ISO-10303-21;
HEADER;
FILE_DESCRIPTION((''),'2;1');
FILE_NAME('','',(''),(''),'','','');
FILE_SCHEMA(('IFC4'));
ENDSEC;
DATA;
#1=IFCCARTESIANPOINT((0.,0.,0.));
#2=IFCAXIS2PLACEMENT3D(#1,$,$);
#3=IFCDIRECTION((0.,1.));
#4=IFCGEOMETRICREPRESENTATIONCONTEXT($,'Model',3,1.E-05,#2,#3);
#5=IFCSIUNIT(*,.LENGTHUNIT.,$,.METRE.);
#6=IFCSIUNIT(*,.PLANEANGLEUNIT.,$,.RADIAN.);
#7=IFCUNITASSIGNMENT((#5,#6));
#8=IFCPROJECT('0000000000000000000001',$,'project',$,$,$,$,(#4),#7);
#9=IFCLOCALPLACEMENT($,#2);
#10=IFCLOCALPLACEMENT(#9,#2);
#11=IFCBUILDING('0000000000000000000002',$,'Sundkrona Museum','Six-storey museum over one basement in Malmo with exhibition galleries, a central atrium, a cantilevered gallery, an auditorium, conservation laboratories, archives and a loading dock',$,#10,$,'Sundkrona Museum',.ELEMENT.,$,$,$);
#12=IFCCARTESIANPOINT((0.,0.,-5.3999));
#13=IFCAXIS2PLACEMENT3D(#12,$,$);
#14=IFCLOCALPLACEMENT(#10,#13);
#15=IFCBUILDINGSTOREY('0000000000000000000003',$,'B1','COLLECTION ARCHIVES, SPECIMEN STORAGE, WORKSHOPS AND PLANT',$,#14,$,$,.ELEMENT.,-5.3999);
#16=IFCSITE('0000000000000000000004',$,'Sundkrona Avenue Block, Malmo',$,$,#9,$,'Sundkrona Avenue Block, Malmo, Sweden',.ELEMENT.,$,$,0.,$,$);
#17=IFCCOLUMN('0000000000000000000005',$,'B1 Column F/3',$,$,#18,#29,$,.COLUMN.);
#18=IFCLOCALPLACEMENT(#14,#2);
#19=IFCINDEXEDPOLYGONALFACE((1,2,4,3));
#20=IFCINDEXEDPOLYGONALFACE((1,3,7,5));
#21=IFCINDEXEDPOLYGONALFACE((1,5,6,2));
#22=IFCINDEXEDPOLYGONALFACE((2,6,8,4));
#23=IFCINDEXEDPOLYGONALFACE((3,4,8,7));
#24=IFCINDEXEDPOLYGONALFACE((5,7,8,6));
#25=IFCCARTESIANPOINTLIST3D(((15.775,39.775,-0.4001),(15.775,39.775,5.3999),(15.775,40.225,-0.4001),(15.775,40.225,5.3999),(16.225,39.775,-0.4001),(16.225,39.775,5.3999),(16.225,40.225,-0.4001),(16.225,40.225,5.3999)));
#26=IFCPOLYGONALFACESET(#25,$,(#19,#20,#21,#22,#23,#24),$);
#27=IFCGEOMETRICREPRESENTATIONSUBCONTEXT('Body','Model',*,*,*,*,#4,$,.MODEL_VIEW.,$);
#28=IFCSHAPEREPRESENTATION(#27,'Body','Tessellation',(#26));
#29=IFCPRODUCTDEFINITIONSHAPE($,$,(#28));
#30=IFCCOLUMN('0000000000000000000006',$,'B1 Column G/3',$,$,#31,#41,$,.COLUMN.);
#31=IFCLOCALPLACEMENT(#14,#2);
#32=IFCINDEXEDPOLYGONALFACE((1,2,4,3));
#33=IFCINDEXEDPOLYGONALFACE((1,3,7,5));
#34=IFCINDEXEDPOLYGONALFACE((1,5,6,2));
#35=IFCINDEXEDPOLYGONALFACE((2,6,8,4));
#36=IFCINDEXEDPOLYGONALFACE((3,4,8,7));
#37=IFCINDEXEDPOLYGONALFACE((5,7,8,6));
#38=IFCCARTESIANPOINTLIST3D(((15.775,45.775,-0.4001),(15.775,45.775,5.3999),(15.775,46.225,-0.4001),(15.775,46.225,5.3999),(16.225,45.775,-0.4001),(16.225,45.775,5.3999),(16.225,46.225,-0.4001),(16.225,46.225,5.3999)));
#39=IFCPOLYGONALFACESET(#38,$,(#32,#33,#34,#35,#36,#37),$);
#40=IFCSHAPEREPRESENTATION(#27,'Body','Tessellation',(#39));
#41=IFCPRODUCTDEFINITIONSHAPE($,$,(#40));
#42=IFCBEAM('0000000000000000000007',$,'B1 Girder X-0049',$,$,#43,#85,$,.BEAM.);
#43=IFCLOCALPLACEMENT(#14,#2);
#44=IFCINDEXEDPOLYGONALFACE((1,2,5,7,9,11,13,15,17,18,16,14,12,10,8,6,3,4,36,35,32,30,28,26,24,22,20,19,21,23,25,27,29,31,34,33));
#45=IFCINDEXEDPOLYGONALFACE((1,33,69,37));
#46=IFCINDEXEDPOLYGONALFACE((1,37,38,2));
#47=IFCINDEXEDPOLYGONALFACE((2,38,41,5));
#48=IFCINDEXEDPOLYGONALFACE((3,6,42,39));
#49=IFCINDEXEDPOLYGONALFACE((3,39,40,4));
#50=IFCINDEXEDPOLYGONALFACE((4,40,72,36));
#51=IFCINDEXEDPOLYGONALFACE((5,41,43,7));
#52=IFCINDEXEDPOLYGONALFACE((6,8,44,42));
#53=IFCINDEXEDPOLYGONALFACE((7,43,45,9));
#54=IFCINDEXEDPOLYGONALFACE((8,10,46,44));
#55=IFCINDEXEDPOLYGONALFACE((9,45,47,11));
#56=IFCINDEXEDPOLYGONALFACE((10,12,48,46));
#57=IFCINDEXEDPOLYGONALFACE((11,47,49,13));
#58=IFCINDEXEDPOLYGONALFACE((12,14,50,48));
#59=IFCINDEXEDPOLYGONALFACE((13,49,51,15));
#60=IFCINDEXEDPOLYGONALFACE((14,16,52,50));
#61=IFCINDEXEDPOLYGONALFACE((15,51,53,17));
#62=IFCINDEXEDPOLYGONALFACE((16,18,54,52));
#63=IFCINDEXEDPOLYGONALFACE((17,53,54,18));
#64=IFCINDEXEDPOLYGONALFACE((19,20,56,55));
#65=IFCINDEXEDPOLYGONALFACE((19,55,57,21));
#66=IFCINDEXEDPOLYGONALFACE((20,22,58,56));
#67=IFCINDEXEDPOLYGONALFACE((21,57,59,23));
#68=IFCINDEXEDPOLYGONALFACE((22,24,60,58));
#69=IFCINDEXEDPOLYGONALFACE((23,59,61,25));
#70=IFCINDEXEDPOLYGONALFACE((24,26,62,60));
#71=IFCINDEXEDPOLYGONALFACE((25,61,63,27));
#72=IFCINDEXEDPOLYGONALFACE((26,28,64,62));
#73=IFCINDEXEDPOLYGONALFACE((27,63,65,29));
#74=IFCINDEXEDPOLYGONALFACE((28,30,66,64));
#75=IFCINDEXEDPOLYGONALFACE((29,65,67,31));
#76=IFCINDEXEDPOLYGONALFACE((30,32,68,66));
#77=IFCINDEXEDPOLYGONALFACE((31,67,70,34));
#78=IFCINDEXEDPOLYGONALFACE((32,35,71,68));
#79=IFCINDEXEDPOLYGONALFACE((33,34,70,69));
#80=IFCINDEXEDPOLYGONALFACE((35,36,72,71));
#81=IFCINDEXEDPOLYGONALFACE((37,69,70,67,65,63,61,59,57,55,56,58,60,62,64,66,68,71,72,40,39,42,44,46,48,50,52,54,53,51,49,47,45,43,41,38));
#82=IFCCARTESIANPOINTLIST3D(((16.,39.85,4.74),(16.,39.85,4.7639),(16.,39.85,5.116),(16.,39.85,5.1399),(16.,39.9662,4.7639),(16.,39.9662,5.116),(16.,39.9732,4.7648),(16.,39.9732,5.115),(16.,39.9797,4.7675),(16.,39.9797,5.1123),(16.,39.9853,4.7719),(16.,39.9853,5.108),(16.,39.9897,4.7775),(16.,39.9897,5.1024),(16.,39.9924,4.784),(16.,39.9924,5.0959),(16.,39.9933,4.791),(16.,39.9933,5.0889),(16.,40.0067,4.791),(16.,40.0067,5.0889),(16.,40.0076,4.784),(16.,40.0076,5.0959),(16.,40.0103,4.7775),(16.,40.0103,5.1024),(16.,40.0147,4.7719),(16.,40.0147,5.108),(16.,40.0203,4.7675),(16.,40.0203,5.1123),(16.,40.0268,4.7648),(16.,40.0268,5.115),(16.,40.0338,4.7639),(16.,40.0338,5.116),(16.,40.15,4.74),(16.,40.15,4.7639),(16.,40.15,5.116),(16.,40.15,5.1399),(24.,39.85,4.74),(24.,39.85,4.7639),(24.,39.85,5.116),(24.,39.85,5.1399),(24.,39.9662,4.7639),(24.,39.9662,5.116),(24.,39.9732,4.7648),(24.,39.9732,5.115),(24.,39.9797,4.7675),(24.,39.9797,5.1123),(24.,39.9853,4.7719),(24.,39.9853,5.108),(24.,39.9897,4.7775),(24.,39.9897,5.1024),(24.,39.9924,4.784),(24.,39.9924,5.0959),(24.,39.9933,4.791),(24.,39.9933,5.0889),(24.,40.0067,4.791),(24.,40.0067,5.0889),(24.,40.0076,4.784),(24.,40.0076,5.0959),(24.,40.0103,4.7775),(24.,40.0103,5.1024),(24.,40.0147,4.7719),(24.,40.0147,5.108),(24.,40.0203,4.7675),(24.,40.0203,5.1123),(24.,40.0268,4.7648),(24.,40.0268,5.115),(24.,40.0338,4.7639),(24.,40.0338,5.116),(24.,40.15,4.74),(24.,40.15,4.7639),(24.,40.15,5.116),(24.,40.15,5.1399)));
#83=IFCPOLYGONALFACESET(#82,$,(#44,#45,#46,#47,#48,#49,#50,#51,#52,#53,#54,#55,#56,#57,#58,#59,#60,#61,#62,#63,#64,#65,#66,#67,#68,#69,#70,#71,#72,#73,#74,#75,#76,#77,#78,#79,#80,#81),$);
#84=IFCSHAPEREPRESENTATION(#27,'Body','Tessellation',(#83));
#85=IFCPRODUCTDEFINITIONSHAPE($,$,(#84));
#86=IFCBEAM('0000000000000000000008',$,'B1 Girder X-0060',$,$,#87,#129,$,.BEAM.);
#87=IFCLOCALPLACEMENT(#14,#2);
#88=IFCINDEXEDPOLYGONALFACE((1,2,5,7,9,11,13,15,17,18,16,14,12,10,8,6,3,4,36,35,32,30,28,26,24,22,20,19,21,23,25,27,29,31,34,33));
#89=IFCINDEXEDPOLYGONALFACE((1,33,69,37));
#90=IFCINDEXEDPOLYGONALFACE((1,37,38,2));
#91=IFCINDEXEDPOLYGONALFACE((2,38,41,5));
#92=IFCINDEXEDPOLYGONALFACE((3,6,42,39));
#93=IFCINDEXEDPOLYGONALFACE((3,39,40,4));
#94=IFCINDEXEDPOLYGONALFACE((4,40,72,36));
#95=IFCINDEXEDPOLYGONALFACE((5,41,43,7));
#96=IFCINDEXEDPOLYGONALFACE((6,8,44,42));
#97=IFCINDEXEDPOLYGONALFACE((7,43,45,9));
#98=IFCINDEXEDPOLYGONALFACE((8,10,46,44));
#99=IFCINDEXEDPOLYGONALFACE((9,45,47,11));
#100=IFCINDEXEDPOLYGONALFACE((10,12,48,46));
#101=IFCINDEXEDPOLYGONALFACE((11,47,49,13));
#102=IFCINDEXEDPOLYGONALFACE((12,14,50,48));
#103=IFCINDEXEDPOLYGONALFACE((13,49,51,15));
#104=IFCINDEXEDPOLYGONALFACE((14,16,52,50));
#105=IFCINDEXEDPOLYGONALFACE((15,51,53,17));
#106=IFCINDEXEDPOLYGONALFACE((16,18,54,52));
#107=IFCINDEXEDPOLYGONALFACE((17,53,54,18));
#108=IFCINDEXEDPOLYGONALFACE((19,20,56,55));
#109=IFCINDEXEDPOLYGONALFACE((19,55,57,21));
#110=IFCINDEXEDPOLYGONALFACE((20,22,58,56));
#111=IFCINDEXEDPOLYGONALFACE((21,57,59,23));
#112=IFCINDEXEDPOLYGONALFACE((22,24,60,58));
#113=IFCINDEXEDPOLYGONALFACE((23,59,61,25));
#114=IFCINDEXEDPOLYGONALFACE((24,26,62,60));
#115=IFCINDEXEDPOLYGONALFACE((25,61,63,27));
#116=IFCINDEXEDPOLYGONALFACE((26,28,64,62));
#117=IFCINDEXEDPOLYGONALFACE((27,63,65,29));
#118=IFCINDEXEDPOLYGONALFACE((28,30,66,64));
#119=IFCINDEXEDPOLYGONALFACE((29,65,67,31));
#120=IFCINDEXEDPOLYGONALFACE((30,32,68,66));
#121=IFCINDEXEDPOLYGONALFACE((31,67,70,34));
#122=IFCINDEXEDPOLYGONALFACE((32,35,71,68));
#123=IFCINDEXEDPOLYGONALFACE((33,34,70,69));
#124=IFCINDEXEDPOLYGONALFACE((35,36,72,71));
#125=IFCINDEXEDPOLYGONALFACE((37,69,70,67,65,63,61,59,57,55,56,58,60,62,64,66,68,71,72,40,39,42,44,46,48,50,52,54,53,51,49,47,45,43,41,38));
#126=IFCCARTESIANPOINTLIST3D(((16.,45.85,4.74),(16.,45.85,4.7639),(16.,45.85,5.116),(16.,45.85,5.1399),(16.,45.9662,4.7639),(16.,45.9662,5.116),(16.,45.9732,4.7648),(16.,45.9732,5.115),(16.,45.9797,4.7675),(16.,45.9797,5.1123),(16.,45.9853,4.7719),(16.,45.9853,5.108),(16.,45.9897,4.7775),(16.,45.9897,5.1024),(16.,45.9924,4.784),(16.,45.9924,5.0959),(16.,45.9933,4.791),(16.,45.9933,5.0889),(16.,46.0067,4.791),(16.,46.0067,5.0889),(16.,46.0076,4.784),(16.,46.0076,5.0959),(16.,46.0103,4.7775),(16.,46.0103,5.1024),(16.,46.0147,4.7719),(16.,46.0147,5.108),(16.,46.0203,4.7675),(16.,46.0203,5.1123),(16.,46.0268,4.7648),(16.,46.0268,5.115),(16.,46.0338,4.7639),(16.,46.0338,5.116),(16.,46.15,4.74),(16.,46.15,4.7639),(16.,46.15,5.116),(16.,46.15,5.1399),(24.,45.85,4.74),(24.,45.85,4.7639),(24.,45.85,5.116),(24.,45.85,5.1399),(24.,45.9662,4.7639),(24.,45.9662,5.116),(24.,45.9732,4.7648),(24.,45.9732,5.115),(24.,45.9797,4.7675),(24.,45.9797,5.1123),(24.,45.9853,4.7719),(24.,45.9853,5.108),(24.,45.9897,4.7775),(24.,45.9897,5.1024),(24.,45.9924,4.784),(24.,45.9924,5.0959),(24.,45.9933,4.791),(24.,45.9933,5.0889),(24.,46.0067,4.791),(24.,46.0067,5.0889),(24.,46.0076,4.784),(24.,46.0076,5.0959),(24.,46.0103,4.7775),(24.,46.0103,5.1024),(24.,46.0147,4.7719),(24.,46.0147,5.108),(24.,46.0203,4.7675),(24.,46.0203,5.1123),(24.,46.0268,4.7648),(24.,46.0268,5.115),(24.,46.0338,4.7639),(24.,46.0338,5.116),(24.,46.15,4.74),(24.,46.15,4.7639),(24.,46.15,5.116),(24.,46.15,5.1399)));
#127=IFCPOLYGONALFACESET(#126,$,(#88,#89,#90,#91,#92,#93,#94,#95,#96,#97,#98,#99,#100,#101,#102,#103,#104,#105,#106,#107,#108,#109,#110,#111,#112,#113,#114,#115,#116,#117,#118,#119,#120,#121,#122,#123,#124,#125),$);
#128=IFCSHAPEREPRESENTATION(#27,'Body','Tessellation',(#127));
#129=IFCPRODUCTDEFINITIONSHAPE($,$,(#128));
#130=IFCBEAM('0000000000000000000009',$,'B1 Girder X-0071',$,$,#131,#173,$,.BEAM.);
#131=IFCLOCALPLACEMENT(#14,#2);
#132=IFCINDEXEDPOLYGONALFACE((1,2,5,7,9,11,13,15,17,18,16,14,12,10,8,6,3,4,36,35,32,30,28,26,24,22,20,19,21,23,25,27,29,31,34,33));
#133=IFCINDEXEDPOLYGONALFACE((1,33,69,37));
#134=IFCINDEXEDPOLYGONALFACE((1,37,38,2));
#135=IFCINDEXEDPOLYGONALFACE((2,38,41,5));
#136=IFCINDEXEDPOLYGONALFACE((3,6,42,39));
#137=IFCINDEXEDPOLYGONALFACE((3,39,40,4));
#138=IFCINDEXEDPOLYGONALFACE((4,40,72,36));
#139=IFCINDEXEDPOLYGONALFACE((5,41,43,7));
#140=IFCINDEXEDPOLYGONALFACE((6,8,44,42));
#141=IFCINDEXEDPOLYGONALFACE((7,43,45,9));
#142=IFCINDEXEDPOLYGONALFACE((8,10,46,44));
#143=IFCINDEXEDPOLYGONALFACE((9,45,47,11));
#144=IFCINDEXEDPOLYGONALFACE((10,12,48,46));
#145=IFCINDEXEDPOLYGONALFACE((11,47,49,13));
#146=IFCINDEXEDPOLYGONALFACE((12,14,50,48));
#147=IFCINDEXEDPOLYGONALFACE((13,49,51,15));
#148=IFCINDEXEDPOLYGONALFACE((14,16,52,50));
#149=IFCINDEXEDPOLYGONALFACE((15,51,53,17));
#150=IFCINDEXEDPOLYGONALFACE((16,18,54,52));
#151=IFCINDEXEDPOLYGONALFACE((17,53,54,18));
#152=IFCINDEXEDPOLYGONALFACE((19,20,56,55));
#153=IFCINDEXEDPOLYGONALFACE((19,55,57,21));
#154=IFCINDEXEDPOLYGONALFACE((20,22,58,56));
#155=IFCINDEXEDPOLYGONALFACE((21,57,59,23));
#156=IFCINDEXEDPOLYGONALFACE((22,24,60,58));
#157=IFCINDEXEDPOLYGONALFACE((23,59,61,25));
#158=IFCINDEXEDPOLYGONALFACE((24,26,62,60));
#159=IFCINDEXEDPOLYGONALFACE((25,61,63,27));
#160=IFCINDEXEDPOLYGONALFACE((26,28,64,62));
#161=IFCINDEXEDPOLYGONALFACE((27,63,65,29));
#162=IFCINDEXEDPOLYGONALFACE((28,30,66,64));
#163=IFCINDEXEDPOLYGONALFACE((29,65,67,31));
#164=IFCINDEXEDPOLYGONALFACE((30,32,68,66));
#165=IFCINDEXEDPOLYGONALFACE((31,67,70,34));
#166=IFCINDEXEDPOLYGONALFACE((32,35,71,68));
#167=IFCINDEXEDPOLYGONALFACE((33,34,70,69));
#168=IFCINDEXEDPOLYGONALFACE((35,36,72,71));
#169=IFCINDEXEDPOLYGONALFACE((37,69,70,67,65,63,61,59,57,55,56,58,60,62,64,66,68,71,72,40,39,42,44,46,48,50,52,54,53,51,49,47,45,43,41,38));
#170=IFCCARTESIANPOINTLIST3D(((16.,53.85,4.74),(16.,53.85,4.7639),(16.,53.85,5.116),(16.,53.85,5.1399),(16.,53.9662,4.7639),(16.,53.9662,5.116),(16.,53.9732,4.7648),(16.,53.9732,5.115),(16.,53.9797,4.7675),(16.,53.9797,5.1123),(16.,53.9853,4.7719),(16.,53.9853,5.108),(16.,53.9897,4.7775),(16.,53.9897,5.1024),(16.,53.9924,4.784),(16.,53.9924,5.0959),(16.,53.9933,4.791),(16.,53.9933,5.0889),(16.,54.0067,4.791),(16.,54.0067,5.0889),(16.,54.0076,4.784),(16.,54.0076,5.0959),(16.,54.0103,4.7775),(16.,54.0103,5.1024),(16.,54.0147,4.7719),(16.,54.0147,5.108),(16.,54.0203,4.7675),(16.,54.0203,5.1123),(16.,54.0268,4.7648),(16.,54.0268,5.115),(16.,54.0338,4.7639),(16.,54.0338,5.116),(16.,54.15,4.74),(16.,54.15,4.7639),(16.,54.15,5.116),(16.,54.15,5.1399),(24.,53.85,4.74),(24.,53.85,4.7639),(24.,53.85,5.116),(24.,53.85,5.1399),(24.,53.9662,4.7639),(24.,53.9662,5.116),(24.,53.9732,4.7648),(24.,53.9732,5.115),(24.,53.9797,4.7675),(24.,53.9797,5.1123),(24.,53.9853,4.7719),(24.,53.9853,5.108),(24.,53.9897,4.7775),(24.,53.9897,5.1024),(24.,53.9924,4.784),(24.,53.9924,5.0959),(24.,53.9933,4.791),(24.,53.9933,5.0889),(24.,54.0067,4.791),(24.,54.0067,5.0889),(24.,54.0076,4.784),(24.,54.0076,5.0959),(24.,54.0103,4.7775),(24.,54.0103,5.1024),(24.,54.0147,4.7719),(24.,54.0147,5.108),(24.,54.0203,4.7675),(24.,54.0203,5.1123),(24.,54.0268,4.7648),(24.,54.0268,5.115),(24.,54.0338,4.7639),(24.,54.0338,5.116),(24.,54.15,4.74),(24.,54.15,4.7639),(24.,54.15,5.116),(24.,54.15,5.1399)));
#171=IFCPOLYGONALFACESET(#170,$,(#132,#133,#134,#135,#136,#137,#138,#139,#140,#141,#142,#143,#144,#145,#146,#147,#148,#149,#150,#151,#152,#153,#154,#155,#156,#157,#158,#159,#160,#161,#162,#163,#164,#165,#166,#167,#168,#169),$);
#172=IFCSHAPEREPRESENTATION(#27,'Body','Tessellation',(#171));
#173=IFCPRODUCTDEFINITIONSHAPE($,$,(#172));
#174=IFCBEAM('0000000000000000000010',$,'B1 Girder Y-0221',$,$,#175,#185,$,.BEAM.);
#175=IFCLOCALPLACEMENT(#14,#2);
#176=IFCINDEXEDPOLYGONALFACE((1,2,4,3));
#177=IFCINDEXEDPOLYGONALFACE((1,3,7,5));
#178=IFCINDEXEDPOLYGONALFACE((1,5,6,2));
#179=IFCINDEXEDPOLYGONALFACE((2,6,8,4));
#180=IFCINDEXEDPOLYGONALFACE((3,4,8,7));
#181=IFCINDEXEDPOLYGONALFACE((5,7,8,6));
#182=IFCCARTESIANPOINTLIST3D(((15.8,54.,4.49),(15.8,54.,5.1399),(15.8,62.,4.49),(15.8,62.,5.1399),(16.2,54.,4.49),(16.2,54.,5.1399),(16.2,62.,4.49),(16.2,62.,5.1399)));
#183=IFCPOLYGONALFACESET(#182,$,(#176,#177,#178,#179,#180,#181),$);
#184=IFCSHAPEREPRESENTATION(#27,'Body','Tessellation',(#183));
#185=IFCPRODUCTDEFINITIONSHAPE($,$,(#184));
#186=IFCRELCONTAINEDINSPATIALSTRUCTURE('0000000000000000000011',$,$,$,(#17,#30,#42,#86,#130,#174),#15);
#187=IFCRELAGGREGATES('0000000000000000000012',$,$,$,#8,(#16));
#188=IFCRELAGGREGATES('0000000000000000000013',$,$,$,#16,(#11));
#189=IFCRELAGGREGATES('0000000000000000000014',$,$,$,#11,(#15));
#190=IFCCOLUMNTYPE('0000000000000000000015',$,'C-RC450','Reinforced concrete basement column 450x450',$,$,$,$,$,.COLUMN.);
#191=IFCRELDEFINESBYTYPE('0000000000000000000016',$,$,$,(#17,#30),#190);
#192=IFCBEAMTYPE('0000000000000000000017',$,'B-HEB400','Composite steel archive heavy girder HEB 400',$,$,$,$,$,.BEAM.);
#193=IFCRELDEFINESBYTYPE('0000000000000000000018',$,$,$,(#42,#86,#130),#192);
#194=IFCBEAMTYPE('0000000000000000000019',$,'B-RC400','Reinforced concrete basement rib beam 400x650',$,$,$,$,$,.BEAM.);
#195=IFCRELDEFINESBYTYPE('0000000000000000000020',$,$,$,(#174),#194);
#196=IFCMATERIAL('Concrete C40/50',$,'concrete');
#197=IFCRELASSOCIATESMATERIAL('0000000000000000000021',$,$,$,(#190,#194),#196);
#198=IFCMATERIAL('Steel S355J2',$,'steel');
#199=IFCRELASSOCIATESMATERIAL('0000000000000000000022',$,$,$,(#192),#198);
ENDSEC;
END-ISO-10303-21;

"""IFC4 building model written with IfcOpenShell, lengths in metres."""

from ifc_helpers import new_model, si_unit, direction, frame, origin, origin_2d, place, context, subcontext, project, spatial, rectangle, i_section, extrude, material, material_profile, profile_set, type_object, element, save


model = new_model("IFC4")

# Units and contexts
model_context = context("Model", 3, precision=1e-05, world=origin(), true_north=direction((0.0, 1.0)))
body_context = subcontext(model_context, "Body", "Model", "MODEL_VIEW")
ifc_project = project(units=[si_unit("LENGTHUNIT", "METRE"), si_unit("PLANEANGLEUNIT", "RADIAN")], contexts=[model_context])

# Site, building, storey
site_placement = place(None, origin())
site = spatial("IfcSite", under=ifc_project, at=site_placement, Name="Sundkrona Avenue Block, Malmo", LongName="Sundkrona Avenue Block, Malmo, Sweden", CompositionType="ELEMENT", RefElevation=0.0)
building_placement = place(site_placement, origin())
building = spatial("IfcBuilding", under=site, at=building_placement, Name="Sundkrona Museum", Description="Six-storey museum over one basement in Malmo with exhibition galleries, a central atrium, a cantilevered gallery, an auditorium, conservation laboratories, archives and a loading dock", LongName="Sundkrona Museum", CompositionType="ELEMENT")
storey_placement = place(building_placement, frame((0.0, 0.0, -5.3999)))
storey = spatial("IfcBuildingStorey", under=building, at=storey_placement, Name="B1", Description="COLLECTION ARCHIVES, SPECIMEN STORAGE, WORKSHOPS AND PLANT", CompositionType="ELEMENT", Elevation=-5.3999)

# Shared definitions
ifc_material_1 = material(Name="Concrete C40/50", Category="concrete")

# Columns
ifc_material_profile_1 = material_profile(ifc_material_1, rectangle(XDim=0.45, YDim=0.45, at=origin_2d()), Name="RC 450x450")
ifc_profile_set_1 = profile_set([ifc_material_profile_1], Name="Concrete C40/50")
column_type_1 = type_object("IfcColumnType", Name="C-RC450", Description="Reinforced concrete basement column 450x450", PredefinedType="COLUMN", material=ifc_profile_set_1)
for number, where, z_axis, x_axis, name in (
    (1, (16.0, 40.0, -0.4001), (0.0, 0.0, 1.0), (1.0, 0.0, 0.0), "B1 Column F/3"),
    (2, (16.0, 46.0, -0.4001), (0.0, 0.0, 1.0), (1.0, 0.0, 0.0), "B1 Column G/3"),
):
    element("IfcColumn", number, at=place(storey_placement, frame(where, z_axis=z_axis, x_axis=x_axis)), inside=storey, type_object=column_type_1, Name=name, PredefinedType="COLUMN", context=body_context, shape_type="SweptSolid", body=[
        extrude(rectangle(XDim=0.45, YDim=0.45, at=origin_2d()), origin(), (0.0, 0.0, 1.0), 5.8),
    ])

# Beams
ifc_material_2 = material(Name="Steel S355J2", Category="steel")
ifc_material_profile_2 = material_profile(ifc_material_2, i_section(OverallWidth=0.3, OverallDepth=0.3999, WebThickness=0.0134, FlangeThickness=0.0239, FilletRadius=0.0271, at=origin_2d()), Name="HEB 400")
ifc_profile_set_2 = profile_set([ifc_material_profile_2], Name="Steel S355J2")
beam_type_1 = type_object("IfcBeamType", Name="B-HEB400", Description="Composite steel archive heavy girder HEB 400", PredefinedType="BEAM", material=ifc_profile_set_2)
for number, where, z_axis, x_axis, name in (
    (3, (16.0, 40.0, 4.9399), (1.0, 0.0, 0.0), (0.0, 1.0, 0.0), "B1 Girder X-0049"),
    (4, (16.0, 46.0, 4.9399), (1.0, 0.0, 0.0), (0.0, 1.0, 0.0), "B1 Girder X-0060"),
    (5, (16.0, 54.0, 4.9399), (1.0, 0.0, 0.0), (0.0, 1.0, 0.0), "B1 Girder X-0071"),
):
    element("IfcBeam", number, at=place(storey_placement, frame(where, z_axis=z_axis, x_axis=x_axis)), inside=storey, type_object=beam_type_1, Name=name, PredefinedType="BEAM", context=body_context, shape_type="SweptSolid", body=[
        extrude(i_section(OverallWidth=0.3, OverallDepth=0.3999, WebThickness=0.0134, FlangeThickness=0.0239, FilletRadius=0.0271, at=origin_2d()), origin(), (0.0, 0.0, 1.0), 8.0),
    ])
ifc_material_profile_3 = material_profile(ifc_material_1, rectangle(XDim=0.3999, YDim=0.6499, at=origin_2d()), Name="RCB 400x650")
ifc_profile_set_3 = profile_set([ifc_material_profile_3], Name="Concrete C40/50")
beam_type_2 = type_object("IfcBeamType", Name="B-RC400", Description="Reinforced concrete basement rib beam 400x650", PredefinedType="BEAM", material=ifc_profile_set_3)
beam_1_placement = place(storey_placement, frame((16.0, 54.0, 4.8149), z_axis=(0.0, 1.0, 0.0), x_axis=(-1.0, 0.0, 0.0)))
element("IfcBeam", 6, at=beam_1_placement, inside=storey, type_object=beam_type_2, Name="B1 Girder Y-0221", PredefinedType="BEAM", context=body_context, shape_type="SweptSolid", body=[
    extrude(rectangle(XDim=0.3999, YDim=0.6499, at=origin_2d()), origin(), (0.0, 0.0, 1.0), 8.0),
])

save(model, "model.ifc")
